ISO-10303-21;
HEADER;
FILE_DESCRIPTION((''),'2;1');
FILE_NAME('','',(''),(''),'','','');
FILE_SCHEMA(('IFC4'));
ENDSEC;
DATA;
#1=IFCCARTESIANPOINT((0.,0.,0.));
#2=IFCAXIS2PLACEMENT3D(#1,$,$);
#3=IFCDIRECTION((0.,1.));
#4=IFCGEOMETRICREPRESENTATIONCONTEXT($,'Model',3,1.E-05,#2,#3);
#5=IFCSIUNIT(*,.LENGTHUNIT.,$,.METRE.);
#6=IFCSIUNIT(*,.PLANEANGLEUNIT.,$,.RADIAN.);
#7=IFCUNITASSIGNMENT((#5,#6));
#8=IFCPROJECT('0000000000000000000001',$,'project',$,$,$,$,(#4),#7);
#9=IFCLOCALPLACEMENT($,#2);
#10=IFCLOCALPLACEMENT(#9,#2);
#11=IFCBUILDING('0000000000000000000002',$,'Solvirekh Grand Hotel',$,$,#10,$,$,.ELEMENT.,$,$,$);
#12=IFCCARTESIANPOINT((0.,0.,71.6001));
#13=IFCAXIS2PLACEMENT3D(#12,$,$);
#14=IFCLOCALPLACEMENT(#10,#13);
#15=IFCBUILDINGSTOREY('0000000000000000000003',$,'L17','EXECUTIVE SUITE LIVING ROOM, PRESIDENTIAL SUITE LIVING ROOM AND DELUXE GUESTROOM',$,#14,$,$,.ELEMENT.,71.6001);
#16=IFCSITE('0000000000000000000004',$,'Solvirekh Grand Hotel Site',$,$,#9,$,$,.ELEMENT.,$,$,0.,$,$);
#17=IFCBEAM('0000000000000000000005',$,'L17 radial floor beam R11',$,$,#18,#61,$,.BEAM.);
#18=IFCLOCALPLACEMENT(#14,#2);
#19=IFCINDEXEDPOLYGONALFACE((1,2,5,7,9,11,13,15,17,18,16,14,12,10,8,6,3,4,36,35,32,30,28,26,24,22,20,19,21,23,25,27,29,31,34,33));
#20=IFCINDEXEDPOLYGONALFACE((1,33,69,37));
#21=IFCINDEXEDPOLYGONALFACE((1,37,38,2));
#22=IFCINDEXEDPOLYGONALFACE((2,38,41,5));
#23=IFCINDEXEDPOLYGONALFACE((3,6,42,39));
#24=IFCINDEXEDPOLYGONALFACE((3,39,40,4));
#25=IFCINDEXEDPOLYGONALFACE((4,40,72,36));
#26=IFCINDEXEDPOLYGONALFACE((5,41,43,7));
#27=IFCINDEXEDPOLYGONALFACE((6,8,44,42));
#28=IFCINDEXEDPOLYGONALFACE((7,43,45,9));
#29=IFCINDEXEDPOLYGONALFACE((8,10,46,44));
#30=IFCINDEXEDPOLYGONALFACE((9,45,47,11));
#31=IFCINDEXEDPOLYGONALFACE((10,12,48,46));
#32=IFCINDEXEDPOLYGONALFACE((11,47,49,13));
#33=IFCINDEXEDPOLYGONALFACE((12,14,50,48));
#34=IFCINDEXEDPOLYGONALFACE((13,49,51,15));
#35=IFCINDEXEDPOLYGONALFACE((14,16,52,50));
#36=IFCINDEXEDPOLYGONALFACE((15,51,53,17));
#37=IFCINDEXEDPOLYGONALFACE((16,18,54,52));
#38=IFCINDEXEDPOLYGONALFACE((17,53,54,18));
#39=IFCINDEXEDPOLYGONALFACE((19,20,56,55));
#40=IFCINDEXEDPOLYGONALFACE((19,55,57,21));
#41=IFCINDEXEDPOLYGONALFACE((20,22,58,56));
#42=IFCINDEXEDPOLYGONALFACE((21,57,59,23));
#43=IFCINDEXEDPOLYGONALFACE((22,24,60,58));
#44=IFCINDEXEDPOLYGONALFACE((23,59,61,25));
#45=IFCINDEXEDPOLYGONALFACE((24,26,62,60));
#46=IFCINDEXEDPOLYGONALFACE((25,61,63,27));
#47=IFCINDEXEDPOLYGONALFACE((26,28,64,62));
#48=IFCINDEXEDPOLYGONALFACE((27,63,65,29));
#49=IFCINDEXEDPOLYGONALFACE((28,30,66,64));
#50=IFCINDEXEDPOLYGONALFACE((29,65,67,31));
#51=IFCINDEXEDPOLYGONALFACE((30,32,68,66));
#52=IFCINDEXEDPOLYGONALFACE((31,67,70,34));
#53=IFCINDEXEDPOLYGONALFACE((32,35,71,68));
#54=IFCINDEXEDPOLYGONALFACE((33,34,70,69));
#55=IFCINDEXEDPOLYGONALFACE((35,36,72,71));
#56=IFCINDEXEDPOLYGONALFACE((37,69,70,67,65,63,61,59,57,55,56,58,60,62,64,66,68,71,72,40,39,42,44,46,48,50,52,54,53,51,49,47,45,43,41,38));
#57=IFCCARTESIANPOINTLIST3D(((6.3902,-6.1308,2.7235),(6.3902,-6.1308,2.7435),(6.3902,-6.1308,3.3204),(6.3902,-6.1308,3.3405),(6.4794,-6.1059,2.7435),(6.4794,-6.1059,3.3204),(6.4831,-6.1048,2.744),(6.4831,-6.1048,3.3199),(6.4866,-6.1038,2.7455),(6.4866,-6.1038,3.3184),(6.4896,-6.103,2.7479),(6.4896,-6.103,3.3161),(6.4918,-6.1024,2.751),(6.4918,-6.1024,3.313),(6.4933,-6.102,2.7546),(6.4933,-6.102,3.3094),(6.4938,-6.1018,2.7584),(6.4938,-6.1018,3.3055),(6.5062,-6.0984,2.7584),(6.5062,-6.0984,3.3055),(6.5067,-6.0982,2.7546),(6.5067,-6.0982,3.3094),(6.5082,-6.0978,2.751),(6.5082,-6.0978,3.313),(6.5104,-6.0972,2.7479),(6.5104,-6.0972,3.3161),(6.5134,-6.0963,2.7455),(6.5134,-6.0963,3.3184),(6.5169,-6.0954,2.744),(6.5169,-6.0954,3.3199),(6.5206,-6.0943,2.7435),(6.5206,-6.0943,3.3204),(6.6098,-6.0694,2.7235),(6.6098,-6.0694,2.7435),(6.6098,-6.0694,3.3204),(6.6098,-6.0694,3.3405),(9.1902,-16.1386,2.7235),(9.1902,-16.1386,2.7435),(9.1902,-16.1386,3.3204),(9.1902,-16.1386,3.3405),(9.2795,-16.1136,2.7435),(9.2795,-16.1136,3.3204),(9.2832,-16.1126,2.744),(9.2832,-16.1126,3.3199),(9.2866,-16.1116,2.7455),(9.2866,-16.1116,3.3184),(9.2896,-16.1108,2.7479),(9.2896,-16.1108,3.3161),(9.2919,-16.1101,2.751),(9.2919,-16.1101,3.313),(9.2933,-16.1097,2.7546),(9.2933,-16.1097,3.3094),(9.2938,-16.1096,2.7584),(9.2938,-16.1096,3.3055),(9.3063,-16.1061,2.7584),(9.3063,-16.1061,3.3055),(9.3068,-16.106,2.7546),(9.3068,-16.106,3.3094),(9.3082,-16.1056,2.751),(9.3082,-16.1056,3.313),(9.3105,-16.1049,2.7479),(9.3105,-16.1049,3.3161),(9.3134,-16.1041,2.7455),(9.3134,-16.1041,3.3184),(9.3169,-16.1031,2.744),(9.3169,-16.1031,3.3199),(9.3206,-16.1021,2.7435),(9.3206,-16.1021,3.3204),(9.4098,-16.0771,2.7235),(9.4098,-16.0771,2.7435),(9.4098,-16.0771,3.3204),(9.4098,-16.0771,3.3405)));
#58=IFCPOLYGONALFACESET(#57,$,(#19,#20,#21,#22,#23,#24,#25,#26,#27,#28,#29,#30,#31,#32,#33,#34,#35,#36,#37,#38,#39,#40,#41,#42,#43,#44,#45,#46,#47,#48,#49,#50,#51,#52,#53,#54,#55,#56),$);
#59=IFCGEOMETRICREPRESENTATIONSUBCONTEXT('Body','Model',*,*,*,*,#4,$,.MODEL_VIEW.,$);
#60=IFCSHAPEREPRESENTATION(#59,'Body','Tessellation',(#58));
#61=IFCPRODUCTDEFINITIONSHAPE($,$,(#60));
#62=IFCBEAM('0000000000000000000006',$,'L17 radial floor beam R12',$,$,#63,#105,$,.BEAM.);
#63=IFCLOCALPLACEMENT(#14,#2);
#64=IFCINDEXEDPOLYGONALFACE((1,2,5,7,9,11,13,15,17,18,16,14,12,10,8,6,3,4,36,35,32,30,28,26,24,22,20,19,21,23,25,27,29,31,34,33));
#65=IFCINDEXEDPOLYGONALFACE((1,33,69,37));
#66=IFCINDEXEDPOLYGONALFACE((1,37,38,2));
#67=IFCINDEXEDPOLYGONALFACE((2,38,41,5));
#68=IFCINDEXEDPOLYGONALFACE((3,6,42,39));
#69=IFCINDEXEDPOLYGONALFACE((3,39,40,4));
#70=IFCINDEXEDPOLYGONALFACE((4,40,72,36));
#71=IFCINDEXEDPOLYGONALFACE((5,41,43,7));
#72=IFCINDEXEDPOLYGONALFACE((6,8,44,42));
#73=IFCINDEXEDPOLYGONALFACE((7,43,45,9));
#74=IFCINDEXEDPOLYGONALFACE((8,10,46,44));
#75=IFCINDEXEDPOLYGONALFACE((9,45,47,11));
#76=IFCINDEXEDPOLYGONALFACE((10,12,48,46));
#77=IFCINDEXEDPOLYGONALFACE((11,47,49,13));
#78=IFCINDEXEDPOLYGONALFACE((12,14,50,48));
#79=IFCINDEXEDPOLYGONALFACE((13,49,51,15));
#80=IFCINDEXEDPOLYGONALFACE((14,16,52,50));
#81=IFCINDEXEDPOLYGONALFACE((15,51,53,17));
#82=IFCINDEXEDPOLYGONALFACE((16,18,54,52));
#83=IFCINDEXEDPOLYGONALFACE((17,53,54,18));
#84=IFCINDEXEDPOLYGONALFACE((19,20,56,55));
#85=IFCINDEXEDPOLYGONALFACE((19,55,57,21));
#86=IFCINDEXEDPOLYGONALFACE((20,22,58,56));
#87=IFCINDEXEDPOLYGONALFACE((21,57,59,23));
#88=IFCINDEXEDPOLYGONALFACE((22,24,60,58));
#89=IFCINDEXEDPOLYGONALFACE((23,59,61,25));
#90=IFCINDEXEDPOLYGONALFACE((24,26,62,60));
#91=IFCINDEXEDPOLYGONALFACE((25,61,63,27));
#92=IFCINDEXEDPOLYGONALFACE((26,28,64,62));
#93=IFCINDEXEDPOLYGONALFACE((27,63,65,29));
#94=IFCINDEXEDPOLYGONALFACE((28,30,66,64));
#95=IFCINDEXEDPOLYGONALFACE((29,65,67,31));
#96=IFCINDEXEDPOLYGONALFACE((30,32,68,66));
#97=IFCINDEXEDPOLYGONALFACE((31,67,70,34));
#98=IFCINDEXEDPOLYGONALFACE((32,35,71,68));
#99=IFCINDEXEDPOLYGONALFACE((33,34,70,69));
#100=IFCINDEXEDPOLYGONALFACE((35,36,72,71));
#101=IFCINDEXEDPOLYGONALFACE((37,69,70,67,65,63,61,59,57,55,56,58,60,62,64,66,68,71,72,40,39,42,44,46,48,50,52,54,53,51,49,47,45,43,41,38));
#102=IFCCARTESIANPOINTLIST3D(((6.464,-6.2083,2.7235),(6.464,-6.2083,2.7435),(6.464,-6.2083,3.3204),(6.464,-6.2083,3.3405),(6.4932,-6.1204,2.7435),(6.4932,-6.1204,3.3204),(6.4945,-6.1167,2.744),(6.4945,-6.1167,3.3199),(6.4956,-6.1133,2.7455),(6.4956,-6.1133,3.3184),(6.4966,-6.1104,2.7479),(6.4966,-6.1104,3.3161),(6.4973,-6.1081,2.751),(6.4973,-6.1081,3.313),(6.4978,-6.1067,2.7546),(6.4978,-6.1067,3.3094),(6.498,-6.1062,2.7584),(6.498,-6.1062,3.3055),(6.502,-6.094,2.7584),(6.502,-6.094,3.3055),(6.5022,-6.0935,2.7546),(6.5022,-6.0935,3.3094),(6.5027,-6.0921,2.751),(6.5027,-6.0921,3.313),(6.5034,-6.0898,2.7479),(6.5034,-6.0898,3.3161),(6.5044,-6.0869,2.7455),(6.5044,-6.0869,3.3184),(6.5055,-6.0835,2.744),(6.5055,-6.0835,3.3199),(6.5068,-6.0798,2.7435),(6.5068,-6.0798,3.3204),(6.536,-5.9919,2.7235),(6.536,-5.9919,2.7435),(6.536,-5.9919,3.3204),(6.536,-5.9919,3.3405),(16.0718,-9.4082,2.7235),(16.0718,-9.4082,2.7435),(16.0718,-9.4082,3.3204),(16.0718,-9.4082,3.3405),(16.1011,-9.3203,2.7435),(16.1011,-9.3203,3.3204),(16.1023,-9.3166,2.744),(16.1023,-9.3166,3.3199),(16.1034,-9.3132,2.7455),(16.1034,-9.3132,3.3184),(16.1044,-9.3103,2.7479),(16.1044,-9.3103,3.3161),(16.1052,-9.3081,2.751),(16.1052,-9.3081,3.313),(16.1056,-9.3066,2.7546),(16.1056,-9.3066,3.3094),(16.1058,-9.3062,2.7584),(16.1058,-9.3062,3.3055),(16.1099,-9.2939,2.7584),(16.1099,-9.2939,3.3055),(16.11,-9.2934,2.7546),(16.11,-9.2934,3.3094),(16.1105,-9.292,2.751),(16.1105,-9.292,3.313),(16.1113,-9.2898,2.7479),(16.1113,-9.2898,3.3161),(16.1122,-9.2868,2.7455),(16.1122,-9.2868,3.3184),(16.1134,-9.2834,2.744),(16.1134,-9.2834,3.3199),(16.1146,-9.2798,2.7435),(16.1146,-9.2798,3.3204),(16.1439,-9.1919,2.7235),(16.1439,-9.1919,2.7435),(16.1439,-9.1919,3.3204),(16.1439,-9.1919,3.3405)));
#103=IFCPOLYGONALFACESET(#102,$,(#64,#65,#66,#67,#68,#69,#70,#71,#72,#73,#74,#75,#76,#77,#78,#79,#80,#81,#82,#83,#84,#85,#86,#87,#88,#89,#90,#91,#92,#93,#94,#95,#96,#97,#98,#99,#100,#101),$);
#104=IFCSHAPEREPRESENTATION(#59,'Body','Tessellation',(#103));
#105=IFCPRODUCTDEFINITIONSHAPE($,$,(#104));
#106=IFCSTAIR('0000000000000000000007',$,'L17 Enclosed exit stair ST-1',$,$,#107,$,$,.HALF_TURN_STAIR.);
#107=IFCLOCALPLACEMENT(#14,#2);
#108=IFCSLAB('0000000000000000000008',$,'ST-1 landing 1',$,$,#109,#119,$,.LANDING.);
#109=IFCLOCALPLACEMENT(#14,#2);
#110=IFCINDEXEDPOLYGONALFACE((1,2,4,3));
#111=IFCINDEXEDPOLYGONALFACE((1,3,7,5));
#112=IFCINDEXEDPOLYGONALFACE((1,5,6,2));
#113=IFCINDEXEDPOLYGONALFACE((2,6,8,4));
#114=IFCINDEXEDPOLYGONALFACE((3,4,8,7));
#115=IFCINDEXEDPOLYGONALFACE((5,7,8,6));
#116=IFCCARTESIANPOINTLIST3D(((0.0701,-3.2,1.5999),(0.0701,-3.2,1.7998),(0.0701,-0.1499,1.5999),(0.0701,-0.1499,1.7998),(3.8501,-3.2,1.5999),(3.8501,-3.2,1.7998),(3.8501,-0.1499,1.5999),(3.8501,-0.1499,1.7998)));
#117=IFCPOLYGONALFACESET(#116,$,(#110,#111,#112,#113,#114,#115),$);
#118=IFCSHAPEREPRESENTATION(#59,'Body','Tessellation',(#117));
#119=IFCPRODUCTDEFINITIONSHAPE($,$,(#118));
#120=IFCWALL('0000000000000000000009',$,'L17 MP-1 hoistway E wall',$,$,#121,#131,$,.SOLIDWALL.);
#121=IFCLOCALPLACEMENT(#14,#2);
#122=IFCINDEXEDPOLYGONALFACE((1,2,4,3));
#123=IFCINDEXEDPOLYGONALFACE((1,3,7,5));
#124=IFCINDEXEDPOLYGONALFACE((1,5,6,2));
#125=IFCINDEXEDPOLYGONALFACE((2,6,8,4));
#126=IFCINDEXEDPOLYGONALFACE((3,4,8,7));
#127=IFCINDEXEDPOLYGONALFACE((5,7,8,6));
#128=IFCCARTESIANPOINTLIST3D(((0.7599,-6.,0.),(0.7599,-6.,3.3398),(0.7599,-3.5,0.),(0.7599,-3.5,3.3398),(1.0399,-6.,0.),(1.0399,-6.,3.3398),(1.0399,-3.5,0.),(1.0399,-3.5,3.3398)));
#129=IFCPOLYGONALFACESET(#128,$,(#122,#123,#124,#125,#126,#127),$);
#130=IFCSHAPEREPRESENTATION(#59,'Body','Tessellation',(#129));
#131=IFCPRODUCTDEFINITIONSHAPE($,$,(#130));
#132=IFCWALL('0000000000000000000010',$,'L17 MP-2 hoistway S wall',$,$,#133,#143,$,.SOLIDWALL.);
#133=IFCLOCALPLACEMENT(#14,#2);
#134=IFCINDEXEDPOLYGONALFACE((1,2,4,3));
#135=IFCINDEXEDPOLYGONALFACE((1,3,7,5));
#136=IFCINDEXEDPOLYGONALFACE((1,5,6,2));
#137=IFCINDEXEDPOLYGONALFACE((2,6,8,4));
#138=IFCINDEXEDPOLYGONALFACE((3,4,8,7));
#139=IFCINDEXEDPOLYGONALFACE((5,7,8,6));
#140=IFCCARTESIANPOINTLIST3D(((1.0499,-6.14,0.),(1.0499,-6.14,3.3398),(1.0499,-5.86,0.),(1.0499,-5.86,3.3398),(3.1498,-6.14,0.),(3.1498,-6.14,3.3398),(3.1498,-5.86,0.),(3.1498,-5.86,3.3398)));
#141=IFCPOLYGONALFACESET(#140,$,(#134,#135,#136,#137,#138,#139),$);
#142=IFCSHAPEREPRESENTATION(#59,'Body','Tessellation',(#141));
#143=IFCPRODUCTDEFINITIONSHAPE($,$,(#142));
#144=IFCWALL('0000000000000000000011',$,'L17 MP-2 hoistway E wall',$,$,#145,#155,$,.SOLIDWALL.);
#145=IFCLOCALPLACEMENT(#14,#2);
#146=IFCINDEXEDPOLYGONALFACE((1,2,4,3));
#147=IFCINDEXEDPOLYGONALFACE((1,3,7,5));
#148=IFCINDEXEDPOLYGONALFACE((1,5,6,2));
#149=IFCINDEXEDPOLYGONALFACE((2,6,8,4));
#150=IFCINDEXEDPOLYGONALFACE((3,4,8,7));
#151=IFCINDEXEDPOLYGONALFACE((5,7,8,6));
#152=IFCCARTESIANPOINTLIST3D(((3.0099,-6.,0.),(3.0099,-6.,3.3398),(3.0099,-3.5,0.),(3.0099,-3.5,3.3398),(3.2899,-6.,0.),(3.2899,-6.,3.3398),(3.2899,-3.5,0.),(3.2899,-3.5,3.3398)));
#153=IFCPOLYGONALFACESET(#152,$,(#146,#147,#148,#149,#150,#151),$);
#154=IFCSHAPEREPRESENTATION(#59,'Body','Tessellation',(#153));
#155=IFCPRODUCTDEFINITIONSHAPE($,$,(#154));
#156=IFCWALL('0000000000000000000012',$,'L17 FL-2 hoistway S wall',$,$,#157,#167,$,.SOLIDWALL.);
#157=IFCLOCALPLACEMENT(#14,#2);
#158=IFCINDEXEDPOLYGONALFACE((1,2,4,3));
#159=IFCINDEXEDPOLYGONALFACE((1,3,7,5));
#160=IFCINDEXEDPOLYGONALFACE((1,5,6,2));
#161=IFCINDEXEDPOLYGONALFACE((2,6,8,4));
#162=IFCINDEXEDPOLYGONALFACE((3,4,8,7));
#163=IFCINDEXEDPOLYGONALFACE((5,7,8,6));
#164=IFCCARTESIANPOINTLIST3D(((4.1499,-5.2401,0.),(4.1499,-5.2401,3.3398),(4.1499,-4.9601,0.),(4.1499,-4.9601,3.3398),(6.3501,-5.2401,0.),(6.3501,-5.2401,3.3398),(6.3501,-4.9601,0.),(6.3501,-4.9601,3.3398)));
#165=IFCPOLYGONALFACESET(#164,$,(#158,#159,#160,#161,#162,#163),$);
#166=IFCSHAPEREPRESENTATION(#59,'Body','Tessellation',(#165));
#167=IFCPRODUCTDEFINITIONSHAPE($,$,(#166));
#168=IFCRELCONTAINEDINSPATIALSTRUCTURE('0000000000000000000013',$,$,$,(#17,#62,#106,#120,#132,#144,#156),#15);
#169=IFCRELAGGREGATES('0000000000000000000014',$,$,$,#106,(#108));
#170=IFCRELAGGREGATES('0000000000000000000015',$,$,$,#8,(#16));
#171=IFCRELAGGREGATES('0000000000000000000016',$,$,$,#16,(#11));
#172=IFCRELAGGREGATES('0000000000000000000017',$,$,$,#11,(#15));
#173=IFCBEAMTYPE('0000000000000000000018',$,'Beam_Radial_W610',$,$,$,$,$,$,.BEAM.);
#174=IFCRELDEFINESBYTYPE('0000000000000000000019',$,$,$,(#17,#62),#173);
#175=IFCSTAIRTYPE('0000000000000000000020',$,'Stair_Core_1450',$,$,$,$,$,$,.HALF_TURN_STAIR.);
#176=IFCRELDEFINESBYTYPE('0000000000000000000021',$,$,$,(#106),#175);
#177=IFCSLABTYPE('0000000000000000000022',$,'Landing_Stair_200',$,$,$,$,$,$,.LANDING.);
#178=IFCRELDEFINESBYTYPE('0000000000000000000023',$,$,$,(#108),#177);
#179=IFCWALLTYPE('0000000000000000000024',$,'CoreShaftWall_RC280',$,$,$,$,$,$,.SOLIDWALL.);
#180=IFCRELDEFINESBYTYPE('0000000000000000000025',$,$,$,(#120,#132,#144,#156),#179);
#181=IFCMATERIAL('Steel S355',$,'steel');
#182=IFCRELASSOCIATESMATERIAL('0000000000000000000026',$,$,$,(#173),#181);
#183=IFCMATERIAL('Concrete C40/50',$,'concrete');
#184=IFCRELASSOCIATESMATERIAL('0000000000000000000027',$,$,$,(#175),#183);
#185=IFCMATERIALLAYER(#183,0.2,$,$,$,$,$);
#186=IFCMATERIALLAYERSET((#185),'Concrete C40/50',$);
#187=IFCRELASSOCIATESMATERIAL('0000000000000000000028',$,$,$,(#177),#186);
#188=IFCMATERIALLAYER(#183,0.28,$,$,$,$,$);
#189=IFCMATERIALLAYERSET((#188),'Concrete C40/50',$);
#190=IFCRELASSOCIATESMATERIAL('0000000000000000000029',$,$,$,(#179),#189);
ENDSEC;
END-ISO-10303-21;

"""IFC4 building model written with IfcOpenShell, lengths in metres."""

from ifc_helpers import new_model, si_unit, direction, frame, frame_2d, origin, origin_2d, place, context, subcontext, project, spatial, polyline, rectangle, i_section, outline, extrude, material, layer, layer_set, material_profile, profile_set, type_object, element, aggregate, save


model = new_model("IFC4")

# Units and contexts
model_context = context("Model", 3, precision=1e-05, world=origin(), true_north=direction((0.0, 1.0)))
body_context = subcontext(model_context, "Body", "Model", "MODEL_VIEW")
ifc_project = project(units=[si_unit("LENGTHUNIT", "METRE"), si_unit("PLANEANGLEUNIT", "RADIAN")], contexts=[model_context])

# Site, building, storey
site_placement = place(None, origin())
site = spatial("IfcSite", under=ifc_project, at=site_placement, Name="Solvirekh Grand Hotel Site", CompositionType="ELEMENT", RefElevation=0.0)
building_placement = place(site_placement, origin())
building = spatial("IfcBuilding", under=site, at=building_placement, Name="Solvirekh Grand Hotel", CompositionType="ELEMENT")
storey_placement = place(building_placement, frame((0.0, 0.0, 71.6001)))
storey = spatial("IfcBuildingStorey", under=building, at=storey_placement, Name="L17", Description="EXECUTIVE SUITE LIVING ROOM, PRESIDENTIAL SUITE LIVING ROOM AND DELUXE GUESTROOM", CompositionType="ELEMENT", Elevation=71.6001)

# Beams
ifc_material_1 = material(Name="Steel S355", Category="steel")
ifc_material_profile = material_profile(ifc_material_1, i_section(OverallWidth=0.228, OverallDepth=0.6169, WebThickness=0.0129, FlangeThickness=0.02, FilletRadius=0.0149, at=origin_2d()), Name="W610X140")
ifc_profile_set = profile_set([ifc_material_profile], Name="Steel S355")
beam_type = type_object("IfcBeamType", Name="Beam_Radial_W610", PredefinedType="BEAM", material=ifc_profile_set)
beam_1_placement = place(storey_placement, frame((6.5, -6.1001, 3.032), z_axis=(0.269439, -0.963017, 0.0), x_axis=(0.963017, 0.269439, 0.0)))
element("IfcBeam", 1, at=beam_1_placement, inside=storey, type_object=beam_type, Name="L17 radial floor beam R11", PredefinedType="BEAM", context=body_context, shape_type="SweptSolid", body=[
    extrude(i_section(OverallWidth=0.228, OverallDepth=0.6169, WebThickness=0.0129, FlangeThickness=0.02, FilletRadius=0.0149, at=origin_2d()), origin(), (0.0, 0.0, 1.0), 10.3921),
])
beam_2_placement = place(storey_placement, frame((6.5, -6.1001, 3.032), z_axis=(0.948763, -0.315989, 0.0), x_axis=(0.315989, 0.948763, 0.0)))
element("IfcBeam", 2, at=beam_2_placement, inside=storey, type_object=beam_type, Name="L17 radial floor beam R12", PredefinedType="BEAM", context=body_context, shape_type="SweptSolid", body=[
    extrude(i_section(OverallWidth=0.228, OverallDepth=0.6169, WebThickness=0.0129, FlangeThickness=0.02, FilletRadius=0.0149, at=origin_2d()), origin(), (0.0, 0.0, 1.0), 10.1267),
])

# Stair, slab
ifc_material_2 = material(Name="Concrete C40/50", Category="concrete")
stair_type = type_object("IfcStairType", Name="Stair_Core_1450", PredefinedType="HALF_TURN_STAIR", material=ifc_material_2)
stair_placement = place(storey_placement, origin())
stair = element("IfcStair", 3, at=stair_placement, inside=storey, type_object=stair_type, Name="L17 Enclosed exit stair ST-1", PredefinedType="HALF_TURN_STAIR")
ifc_layer_1 = layer(ifc_material_2, 0.2)
ifc_layer_set_1 = layer_set([ifc_layer_1], Name="Concrete C40/50")
slab_type = type_object("IfcSlabType", Name="Landing_Stair_200", PredefinedType="LANDING", material=ifc_layer_set_1)
slab_placement = place(storey_placement, frame((0.0, 0.0, 1.5999)))
slab = element("IfcSlab", 4, at=slab_placement, type_object=slab_type, Name="ST-1 landing 1", PredefinedType="LANDING", context=body_context, shape_type="SweptSolid", body=[
    extrude(outline(polyline([(0.0701, -3.2), (3.8501, -3.2), (3.8501, -0.1499), (0.0701, -0.1499), (0.0701, -3.2)])), origin(), (0.0, 0.0, 1.0), 0.2),
])

# Walls
ifc_layer_2 = layer(ifc_material_2, 0.28)
ifc_layer_set_2 = layer_set([ifc_layer_2], Name="Concrete C40/50")
wall_type_1 = type_object("IfcWallType", Name="CoreShaftWall_RC280", PredefinedType="SOLIDWALL", material=ifc_layer_set_2)
wall_1_placement = place(storey_placement, frame((0.8999, -6.0, 0.0), z_axis=(0.0, 0.0, 1.0), x_axis=(0.0, 1.0, 0.0)))
element("IfcWall", 5, at=wall_1_placement, inside=storey, type_object=wall_type_1, Name="L17 MP-1 hoistway E wall", PredefinedType="SOLIDWALL", context=body_context, shape_type="SweptSolid", body=[
    extrude(rectangle(XDim=2.5, YDim=0.28, at=frame_2d((1.25, 0.0))), origin(), (0.0, 0.0, 1.0), 3.3398),
])
wall_2_placement = place(storey_placement, frame((1.05, -6.0, 0.0), z_axis=(0.0, 0.0, 1.0), x_axis=(1.0, 0.0, 0.0)))
element("IfcWall", 6, at=wall_2_placement, inside=storey, type_object=wall_type_1, Name="L17 MP-2 hoistway S wall", PredefinedType="SOLIDWALL", context=body_context, shape_type="SweptSolid", body=[
    extrude(rectangle(XDim=2.0999, YDim=0.28, at=frame_2d((1.0498, 0.0))), origin(), (0.0, 0.0, 1.0), 3.3398),
])
wall_3_placement = place(storey_placement, frame((3.1499, -6.0, 0.0), z_axis=(0.0, 0.0, 1.0), x_axis=(0.0, 1.0, 0.0)))
element("IfcWall", 7, at=wall_3_placement, inside=storey, type_object=wall_type_1, Name="L17 MP-2 hoistway E wall", PredefinedType="SOLIDWALL", context=body_context, shape_type="SweptSolid", body=[
    extrude(rectangle(XDim=2.5, YDim=0.28, at=frame_2d((1.25, 0.0))), origin(), (0.0, 0.0, 1.0), 3.3398),
])
wall_4_placement = place(storey_placement, frame((4.1499, -5.1001, 0.0), z_axis=(0.0, 0.0, 1.0), x_axis=(1.0, 0.0, 0.0)))
element("IfcWall", 8, at=wall_4_placement, inside=storey, type_object=wall_type_1, Name="L17 FL-2 hoistway S wall", PredefinedType="SOLIDWALL", context=body_context, shape_type="SweptSolid", body=[
    extrude(rectangle(XDim=2.2002, YDim=0.28, at=frame_2d((1.1001, 0.0))), origin(), (0.0, 0.0, 1.0), 3.3398),
])

aggregate(stair, [slab])

save(model, "model.ifc")
